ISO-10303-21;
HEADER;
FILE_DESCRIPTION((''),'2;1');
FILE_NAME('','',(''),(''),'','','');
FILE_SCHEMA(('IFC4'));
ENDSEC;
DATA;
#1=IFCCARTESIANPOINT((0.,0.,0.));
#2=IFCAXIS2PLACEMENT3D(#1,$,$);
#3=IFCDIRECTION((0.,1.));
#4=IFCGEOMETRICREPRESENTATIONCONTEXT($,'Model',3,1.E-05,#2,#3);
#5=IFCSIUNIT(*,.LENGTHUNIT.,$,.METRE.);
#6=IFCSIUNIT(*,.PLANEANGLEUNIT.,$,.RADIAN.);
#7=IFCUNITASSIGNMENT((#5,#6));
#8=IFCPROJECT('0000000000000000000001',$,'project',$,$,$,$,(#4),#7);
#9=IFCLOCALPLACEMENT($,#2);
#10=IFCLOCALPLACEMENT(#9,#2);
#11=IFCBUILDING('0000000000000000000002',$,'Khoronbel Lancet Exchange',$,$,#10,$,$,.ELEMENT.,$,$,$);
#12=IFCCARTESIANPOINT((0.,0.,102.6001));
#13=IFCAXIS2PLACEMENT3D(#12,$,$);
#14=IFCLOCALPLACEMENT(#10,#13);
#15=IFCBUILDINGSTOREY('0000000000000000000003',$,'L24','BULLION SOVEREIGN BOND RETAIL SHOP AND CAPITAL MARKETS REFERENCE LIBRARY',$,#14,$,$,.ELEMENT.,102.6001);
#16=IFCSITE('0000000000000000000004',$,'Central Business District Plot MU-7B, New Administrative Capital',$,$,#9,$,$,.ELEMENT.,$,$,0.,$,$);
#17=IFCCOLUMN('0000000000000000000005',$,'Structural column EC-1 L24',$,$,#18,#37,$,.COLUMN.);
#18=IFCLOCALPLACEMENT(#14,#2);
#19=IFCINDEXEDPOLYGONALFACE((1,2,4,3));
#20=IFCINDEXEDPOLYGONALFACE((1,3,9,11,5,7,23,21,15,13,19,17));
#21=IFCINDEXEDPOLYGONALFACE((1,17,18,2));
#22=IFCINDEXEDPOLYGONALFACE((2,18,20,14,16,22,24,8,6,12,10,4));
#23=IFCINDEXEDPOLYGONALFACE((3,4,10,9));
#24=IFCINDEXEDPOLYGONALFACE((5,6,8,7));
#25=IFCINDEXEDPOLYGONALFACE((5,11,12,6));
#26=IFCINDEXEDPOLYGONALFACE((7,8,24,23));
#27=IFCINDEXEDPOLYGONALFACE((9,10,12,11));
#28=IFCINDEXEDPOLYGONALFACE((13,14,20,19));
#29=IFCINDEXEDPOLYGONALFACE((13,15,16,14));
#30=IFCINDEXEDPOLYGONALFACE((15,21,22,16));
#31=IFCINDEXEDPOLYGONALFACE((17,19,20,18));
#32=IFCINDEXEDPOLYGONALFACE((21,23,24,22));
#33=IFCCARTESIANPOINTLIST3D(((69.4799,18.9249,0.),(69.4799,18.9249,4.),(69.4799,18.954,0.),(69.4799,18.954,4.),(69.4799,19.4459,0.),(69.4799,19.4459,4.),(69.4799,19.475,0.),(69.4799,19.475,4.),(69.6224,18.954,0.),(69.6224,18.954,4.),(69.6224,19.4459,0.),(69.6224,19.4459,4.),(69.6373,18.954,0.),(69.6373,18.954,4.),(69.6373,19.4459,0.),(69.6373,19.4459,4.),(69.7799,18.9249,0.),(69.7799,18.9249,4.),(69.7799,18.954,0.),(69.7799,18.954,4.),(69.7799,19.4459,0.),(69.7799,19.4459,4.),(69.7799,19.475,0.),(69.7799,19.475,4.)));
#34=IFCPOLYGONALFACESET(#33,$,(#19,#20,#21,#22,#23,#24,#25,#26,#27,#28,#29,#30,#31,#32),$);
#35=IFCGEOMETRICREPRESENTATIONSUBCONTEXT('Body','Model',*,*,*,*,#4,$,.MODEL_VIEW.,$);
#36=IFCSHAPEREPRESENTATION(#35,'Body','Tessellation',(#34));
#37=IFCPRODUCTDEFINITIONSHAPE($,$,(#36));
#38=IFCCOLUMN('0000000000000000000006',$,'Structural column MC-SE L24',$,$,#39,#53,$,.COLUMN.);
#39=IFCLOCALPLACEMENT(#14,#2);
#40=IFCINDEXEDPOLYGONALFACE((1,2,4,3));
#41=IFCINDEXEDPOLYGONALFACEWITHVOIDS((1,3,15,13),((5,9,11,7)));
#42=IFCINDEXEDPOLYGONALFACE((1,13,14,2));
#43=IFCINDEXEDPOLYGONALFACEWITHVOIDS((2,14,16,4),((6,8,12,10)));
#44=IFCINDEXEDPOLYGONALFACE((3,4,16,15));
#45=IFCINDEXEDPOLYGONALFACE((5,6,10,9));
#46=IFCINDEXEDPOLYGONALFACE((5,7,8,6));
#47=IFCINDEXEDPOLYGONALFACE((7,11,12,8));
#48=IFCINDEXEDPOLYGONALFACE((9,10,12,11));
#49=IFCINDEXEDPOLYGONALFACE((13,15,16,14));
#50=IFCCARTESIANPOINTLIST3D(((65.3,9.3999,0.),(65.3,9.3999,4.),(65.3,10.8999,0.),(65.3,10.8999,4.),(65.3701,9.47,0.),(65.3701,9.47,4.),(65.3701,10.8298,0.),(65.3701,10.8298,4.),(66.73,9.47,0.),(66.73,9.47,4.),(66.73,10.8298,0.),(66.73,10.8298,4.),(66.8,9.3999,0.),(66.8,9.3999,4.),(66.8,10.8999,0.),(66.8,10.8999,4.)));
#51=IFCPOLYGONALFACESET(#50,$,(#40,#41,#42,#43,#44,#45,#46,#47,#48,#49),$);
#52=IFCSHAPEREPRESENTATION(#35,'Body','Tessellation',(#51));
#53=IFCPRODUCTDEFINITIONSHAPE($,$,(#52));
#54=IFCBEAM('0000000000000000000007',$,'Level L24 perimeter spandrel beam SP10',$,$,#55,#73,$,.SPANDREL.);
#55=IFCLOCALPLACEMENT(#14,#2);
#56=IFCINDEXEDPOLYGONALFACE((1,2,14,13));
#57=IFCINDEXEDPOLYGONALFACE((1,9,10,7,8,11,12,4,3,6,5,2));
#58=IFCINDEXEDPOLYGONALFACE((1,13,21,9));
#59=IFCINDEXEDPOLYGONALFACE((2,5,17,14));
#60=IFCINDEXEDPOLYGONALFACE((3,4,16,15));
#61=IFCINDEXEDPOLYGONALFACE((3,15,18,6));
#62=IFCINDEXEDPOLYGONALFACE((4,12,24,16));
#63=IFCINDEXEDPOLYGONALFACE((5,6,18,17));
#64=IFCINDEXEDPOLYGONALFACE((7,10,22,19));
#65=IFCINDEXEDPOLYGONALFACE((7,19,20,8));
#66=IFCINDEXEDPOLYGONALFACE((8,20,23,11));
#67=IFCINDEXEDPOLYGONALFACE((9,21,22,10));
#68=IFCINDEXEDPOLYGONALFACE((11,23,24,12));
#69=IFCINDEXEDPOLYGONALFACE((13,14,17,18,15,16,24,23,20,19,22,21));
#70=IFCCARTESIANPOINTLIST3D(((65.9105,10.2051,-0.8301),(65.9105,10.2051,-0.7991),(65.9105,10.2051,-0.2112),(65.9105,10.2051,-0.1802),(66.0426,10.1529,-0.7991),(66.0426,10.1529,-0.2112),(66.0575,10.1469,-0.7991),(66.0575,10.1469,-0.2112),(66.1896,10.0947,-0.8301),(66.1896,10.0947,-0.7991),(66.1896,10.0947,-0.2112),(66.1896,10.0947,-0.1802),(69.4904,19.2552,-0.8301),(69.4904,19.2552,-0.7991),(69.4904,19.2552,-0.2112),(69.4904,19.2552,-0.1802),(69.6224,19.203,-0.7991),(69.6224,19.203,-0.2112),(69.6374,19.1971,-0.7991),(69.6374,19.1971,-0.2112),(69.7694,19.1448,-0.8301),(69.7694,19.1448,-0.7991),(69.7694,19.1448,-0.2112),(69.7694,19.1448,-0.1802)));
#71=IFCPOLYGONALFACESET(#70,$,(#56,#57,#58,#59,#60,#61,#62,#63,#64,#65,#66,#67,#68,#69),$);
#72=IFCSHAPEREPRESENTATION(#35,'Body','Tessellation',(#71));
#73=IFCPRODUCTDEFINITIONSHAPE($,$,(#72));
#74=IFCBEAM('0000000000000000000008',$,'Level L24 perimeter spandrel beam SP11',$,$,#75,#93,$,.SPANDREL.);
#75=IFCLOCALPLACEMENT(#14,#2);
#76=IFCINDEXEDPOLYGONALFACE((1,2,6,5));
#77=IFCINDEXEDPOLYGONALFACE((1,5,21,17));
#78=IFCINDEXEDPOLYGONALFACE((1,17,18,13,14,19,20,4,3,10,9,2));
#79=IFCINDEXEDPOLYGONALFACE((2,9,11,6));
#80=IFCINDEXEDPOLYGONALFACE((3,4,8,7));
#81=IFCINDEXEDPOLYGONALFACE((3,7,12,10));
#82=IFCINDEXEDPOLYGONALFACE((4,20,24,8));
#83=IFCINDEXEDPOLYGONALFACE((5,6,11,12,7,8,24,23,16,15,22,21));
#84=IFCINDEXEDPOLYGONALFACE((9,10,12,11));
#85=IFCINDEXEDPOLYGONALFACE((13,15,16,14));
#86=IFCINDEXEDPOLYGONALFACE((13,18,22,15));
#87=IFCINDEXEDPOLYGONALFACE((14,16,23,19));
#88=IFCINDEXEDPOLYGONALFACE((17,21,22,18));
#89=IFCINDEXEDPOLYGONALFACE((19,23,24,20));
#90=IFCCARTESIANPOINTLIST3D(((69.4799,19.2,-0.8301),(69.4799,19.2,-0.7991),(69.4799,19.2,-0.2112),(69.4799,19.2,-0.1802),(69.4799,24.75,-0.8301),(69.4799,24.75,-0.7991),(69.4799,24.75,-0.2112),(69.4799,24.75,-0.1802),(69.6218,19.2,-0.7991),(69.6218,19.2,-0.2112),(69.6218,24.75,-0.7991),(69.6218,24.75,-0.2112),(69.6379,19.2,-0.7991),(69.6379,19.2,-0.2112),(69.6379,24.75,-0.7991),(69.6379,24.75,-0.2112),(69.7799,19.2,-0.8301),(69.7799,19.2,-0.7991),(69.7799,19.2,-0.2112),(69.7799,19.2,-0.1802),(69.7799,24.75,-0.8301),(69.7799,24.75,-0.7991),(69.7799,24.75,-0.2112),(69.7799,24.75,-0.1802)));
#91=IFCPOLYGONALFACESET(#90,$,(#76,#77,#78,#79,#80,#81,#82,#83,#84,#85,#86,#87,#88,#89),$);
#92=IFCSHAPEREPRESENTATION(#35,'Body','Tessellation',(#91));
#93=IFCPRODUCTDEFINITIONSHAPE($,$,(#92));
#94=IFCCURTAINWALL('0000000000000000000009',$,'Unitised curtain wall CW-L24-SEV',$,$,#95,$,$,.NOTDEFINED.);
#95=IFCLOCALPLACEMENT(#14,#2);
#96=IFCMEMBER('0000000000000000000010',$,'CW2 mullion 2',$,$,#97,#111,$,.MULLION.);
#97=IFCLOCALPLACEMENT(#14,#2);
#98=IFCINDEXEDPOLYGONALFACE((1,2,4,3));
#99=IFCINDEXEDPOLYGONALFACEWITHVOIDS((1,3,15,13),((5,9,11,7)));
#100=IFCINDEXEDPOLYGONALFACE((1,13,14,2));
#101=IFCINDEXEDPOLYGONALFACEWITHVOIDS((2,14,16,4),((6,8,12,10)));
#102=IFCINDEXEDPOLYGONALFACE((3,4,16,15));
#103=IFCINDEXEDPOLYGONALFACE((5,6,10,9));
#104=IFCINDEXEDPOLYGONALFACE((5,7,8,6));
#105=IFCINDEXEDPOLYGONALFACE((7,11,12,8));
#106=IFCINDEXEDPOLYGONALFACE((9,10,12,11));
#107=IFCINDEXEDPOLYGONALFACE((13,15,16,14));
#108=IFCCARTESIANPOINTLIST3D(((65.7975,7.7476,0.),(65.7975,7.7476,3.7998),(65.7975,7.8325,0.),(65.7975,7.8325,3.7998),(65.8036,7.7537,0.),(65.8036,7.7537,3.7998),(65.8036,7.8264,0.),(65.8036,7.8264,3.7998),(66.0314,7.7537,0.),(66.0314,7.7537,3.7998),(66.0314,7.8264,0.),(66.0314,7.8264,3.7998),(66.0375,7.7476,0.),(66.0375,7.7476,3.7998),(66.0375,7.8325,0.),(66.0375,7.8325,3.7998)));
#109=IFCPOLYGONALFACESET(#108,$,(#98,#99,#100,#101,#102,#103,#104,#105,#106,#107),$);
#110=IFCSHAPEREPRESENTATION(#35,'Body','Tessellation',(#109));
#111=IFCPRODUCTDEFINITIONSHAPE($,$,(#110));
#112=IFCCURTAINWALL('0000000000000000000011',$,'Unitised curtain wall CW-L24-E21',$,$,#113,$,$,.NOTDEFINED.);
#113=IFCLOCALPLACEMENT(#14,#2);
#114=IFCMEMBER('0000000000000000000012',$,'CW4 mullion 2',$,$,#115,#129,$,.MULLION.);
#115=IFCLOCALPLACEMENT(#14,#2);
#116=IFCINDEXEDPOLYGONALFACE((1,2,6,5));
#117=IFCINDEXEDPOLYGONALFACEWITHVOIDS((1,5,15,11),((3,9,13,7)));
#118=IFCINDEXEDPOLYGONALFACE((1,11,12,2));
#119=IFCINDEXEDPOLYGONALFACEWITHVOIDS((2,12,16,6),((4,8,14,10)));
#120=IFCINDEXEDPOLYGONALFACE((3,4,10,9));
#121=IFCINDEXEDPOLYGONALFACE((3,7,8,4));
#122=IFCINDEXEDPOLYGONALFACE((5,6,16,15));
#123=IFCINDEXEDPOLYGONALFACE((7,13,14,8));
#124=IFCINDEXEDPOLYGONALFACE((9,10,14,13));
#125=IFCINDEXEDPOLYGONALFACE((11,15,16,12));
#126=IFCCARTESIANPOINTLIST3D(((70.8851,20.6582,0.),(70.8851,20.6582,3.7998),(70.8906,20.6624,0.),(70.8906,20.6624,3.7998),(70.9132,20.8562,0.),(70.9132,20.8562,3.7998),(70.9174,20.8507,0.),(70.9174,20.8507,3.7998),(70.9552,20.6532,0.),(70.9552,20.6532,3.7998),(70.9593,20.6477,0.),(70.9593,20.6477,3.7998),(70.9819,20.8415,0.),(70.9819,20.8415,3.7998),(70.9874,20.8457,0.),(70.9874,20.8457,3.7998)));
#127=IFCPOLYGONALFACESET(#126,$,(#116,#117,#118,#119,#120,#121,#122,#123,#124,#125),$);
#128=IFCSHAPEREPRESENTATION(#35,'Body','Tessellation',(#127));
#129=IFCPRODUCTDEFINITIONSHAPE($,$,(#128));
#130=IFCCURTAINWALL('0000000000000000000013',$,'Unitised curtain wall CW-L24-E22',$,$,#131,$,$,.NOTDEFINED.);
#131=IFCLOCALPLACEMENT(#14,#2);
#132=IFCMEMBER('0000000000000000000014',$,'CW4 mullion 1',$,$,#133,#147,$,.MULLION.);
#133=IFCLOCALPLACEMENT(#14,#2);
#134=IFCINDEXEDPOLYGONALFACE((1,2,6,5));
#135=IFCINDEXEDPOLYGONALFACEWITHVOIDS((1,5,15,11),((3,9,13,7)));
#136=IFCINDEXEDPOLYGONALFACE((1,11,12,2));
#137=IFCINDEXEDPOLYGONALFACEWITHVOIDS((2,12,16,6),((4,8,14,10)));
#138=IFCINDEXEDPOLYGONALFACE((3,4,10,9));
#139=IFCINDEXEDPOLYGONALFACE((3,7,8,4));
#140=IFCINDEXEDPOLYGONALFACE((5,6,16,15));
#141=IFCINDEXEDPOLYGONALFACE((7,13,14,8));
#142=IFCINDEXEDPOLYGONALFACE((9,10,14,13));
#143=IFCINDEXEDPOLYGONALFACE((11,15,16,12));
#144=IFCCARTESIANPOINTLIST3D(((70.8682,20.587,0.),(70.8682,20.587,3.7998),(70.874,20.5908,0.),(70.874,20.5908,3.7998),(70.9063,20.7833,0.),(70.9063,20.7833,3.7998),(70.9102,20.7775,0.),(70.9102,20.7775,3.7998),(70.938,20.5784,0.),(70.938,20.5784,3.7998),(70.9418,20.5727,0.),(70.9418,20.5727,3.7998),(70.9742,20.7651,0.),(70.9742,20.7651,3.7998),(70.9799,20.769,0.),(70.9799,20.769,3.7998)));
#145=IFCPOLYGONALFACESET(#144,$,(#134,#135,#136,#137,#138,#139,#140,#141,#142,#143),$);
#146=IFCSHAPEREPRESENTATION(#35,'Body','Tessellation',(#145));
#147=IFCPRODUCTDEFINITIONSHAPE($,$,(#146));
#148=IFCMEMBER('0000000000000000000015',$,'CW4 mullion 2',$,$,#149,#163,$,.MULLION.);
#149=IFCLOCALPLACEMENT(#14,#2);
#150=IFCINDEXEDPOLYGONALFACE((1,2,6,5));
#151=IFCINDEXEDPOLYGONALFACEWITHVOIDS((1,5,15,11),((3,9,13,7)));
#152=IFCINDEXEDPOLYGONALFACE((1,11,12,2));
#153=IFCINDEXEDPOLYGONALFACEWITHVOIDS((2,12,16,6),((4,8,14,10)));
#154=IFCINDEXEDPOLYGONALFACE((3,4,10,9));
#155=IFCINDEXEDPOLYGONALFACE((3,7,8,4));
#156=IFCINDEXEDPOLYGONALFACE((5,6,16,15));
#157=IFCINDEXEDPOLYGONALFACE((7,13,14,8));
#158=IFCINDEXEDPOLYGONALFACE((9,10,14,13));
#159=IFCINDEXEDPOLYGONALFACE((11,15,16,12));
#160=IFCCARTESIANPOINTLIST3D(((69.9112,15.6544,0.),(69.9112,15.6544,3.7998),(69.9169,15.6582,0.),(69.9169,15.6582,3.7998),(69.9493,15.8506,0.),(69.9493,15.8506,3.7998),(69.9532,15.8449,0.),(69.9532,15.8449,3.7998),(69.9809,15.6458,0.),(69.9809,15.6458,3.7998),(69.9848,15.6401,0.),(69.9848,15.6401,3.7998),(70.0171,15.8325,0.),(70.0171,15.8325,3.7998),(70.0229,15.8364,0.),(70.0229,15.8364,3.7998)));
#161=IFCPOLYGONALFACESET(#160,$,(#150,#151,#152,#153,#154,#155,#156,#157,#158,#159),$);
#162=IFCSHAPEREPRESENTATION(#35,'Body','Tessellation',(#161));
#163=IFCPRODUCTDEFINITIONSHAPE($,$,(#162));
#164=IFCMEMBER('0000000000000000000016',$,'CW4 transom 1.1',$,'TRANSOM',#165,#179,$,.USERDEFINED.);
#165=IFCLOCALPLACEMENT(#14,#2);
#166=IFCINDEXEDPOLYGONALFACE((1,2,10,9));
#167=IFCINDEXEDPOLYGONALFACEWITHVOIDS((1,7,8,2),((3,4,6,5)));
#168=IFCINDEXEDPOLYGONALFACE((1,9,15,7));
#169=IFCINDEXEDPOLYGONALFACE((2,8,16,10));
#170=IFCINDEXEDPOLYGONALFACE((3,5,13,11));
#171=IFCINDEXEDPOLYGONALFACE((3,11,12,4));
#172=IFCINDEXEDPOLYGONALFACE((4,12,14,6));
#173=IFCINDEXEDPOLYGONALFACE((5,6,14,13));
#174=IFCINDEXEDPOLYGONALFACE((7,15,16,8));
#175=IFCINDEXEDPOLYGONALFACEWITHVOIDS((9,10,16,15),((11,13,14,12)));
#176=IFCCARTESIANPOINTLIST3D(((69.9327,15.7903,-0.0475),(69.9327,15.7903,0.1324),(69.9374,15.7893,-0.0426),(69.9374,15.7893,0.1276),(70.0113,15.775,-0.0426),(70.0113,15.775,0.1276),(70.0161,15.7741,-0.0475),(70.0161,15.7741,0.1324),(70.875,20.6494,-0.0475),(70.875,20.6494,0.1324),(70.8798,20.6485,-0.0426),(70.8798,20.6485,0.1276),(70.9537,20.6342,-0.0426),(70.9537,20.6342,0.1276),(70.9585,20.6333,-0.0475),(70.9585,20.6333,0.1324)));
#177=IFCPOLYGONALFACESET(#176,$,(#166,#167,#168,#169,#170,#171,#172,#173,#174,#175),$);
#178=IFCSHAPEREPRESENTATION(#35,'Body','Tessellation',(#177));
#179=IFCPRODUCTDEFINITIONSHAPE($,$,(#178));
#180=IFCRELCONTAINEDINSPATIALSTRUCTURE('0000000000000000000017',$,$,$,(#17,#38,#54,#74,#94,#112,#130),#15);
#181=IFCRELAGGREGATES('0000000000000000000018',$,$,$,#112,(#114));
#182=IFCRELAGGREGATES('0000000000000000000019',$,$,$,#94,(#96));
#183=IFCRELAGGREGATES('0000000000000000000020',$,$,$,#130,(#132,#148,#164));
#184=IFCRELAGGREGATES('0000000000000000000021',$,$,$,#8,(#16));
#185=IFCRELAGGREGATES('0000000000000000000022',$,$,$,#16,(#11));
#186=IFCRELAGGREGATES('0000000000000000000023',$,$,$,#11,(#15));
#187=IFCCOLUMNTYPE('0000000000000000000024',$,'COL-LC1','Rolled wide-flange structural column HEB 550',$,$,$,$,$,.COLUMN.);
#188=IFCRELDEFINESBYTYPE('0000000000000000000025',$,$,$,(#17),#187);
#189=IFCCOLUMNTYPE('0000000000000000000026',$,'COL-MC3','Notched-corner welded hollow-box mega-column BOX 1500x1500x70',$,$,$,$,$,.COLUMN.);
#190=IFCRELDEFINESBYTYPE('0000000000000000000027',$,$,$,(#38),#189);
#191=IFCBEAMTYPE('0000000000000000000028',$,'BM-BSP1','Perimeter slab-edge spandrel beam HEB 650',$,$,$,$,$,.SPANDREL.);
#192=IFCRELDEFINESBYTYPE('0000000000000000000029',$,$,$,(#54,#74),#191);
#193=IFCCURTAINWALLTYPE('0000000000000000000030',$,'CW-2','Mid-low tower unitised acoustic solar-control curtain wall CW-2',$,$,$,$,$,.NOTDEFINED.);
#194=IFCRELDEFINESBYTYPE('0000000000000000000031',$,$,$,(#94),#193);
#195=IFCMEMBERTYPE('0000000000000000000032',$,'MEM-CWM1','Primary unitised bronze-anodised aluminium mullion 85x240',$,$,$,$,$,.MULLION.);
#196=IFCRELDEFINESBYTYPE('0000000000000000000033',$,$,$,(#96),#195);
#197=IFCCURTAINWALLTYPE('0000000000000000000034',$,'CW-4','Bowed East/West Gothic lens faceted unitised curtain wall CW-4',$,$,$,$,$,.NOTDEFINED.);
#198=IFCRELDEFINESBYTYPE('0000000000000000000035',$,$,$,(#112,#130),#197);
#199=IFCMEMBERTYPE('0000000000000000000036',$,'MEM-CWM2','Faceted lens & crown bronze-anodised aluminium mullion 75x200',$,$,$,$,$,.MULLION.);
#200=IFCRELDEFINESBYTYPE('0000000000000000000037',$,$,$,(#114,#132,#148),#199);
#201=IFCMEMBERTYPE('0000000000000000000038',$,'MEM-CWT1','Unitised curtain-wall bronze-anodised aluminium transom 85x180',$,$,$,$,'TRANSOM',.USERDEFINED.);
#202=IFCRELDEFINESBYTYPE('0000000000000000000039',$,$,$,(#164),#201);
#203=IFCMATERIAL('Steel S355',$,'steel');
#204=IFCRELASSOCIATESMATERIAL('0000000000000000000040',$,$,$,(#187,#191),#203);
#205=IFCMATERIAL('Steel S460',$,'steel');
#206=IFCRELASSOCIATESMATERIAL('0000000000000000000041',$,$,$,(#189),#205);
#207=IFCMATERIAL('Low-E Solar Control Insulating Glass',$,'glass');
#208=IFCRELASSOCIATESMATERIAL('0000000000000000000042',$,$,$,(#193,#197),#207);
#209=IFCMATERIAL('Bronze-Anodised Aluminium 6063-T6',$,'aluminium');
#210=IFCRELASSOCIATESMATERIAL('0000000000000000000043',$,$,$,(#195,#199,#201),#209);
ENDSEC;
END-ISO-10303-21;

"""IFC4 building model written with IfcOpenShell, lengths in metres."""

from ifc_helpers import new_model, si_unit, direction, frame, origin, origin_2d, place, context, subcontext, project, spatial, hollow_rectangle, i_section, extrude, material, material_profile, profile_set, type_object, element, aggregate, save


model = new_model("IFC4")

# Units and contexts
model_context = context("Model", 3, precision=1e-05, world=origin(), true_north=direction((0.0, 1.0)))
body_context = subcontext(model_context, "Body", "Model", "MODEL_VIEW")
ifc_project = project(units=[si_unit("LENGTHUNIT", "METRE"), si_unit("PLANEANGLEUNIT", "RADIAN")], contexts=[model_context])

# Site, building, storey
site_placement = place(None, origin())
site = spatial("IfcSite", under=ifc_project, at=site_placement, Name="Central Business District Plot MU-7B, New Administrative Capital", CompositionType="ELEMENT", RefElevation=0.0)
building_placement = place(site_placement, origin())
building = spatial("IfcBuilding", under=site, at=building_placement, Name="Khoronbel Lancet Exchange", CompositionType="ELEMENT")
storey_placement = place(building_placement, frame((0.0, 0.0, 102.6001)))
storey = spatial("IfcBuildingStorey", under=building, at=storey_placement, Name="L24", Description="BULLION SOVEREIGN BOND RETAIL SHOP AND CAPITAL MARKETS REFERENCE LIBRARY", CompositionType="ELEMENT", Elevation=102.6001)

# Columns
ifc_material_1 = material(Name="Steel S355", Category="steel")
ifc_material_profile_1 = material_profile(ifc_material_1, i_section(OverallWidth=0.3, OverallDepth=0.55, WebThickness=0.0149, FlangeThickness=0.0291, at=origin_2d()), Name="HEB 550")
ifc_profile_set_1 = profile_set([ifc_material_profile_1], Name="Steel S355")
column_type_1 = type_object("IfcColumnType", Name="COL-LC1", Description="Rolled wide-flange structural column HEB 550", PredefinedType="COLUMN", material=ifc_profile_set_1)
column_1_placement = place(storey_placement, frame((69.6299, 19.2, 0.0), z_axis=(0.0, 0.0, 1.0), x_axis=(1.0, 0.0, 0.0)))
element("IfcColumn", 1, at=column_1_placement, inside=storey, type_object=column_type_1, Name="Structural column EC-1 L24", PredefinedType="COLUMN", context=body_context, shape_type="SweptSolid", body=[
    extrude(i_section(OverallWidth=0.3, OverallDepth=0.55, WebThickness=0.0149, FlangeThickness=0.0291, at=origin_2d()), origin(), (0.0, 0.0, 1.0), 4.0),
])
ifc_material_2 = material(Name="Steel S460", Category="steel")
ifc_material_profile_2 = material_profile(ifc_material_2, hollow_rectangle(XDim=1.5, YDim=1.5, WallThickness=0.0701, at=origin_2d()), Name="BOX 1500x1500x70")
ifc_profile_set_2 = profile_set([ifc_material_profile_2], Name="Steel S460")
column_type_2 = type_object("IfcColumnType", Name="COL-MC3", Description="Notched-corner welded hollow-box mega-column BOX 1500x1500x70", PredefinedType="COLUMN", material=ifc_profile_set_2)
column_2_placement = place(storey_placement, frame((66.05, 10.1499, 0.0), z_axis=(0.0, 0.0, 1.0), x_axis=(1.0, 0.0, 0.0)))
element("IfcColumn", 2, at=column_2_placement, inside=storey, type_object=column_type_2, Name="Structural column MC-SE L24", PredefinedType="COLUMN", context=body_context, shape_type="SweptSolid", body=[
    extrude(hollow_rectangle(XDim=1.5, YDim=1.5, WallThickness=0.0701, at=origin_2d()), origin(), (0.0, 0.0, 1.0), 4.0),
])

# Beams
ifc_material_profile_3 = material_profile(ifc_material_1, i_section(OverallWidth=0.3, OverallDepth=0.6499, WebThickness=0.0161, FlangeThickness=0.031, at=origin_2d()), Name="HEB 650")
ifc_profile_set_3 = profile_set([ifc_material_profile_3], Name="Steel S355")
beam_type = type_object("IfcBeamType", Name="BM-BSP1", Description="Perimeter slab-edge spandrel beam HEB 650", PredefinedType="SPANDREL", material=ifc_profile_set_3)
beam_1_placement = place(storey_placement, frame((66.05, 10.1499, -0.5051), z_axis=(0.367828, 0.929894, 0.0), x_axis=(-0.929894, 0.367828, 0.0)))
element("IfcBeam", 3, at=beam_1_placement, inside=storey, type_object=beam_type, Name="Level L24 perimeter spandrel beam SP10", PredefinedType="SPANDREL", context=body_context, shape_type="SweptSolid", body=[
    extrude(i_section(OverallWidth=0.3, OverallDepth=0.6499, WebThickness=0.0161, FlangeThickness=0.031, at=origin_2d()), origin(), (0.0, 0.0, 1.0), 9.7324),
])
beam_2_placement = place(storey_placement, frame((69.6299, 19.2, -0.5051), z_axis=(0.0, 1.0, 0.0), x_axis=(-1.0, 0.0, 0.0)))
element("IfcBeam", 4, at=beam_2_placement, inside=storey, type_object=beam_type, Name="Level L24 perimeter spandrel beam SP11", PredefinedType="SPANDREL", context=body_context, shape_type="SweptSolid", body=[
    extrude(i_section(OverallWidth=0.3, OverallDepth=0.6499, WebThickness=0.0161, FlangeThickness=0.031, at=origin_2d()), origin(), (0.0, 0.0, 1.0), 5.55),
])

# Curtain walls, members
ifc_material_3 = material(Name="Low-E Solar Control Insulating Glass", Category="glass")
curtain_wall_type_1 = type_object("IfcCurtainWallType", Name="CW-2", Description="Mid-low tower unitised acoustic solar-control curtain wall CW-2", PredefinedType="NOTDEFINED", material=ifc_material_3)
curtain_wall_1_placement = place(storey_placement, origin())
curtain_wall_1 = element("IfcCurtainWall", 5, at=curtain_wall_1_placement, inside=storey, type_object=curtain_wall_type_1, Name="Unitised curtain wall CW-L24-SEV", PredefinedType="NOTDEFINED")
ifc_material_4 = material(Name="Bronze-Anodised Aluminium 6063-T6", Category="aluminium")
ifc_material_profile_4 = material_profile(ifc_material_4, hollow_rectangle(XDim=0.085, YDim=0.24, WallThickness=0.0061, at=origin_2d()), Name="ALU MULLION 85x240")
ifc_profile_set_4 = profile_set([ifc_material_profile_4], Name="Bronze-Anodised Aluminium 6063-T6")
member_type_1 = type_object("IfcMemberType", Name="MEM-CWM1", Description="Primary unitised bronze-anodised aluminium mullion 85x240", PredefinedType="MULLION", material=ifc_profile_set_4)
member_1_placement = place(storey_placement, frame((65.9175, 7.79, 0.0), z_axis=(0.0, 0.0, 1.0), x_axis=(0.0, 1.0, 0.0)))
member_1 = element("IfcMember", 6, at=member_1_placement, type_object=member_type_1, Name="CW2 mullion 2", PredefinedType="MULLION", context=body_context, shape_type="SweptSolid", body=[
    extrude(hollow_rectangle(XDim=0.085, YDim=0.24, WallThickness=0.0061, at=origin_2d()), origin(), (0.0, 0.0, 1.0), 3.7998),
])
curtain_wall_type_2 = type_object("IfcCurtainWallType", Name="CW-4", Description="Bowed East/West Gothic lens faceted unitised curtain wall CW-4", PredefinedType="NOTDEFINED", material=ifc_material_3)
curtain_wall_2_placement = place(storey_placement, origin())
curtain_wall_2 = element("IfcCurtainWall", 7, at=curtain_wall_2_placement, inside=storey, type_object=curtain_wall_type_2, Name="Unitised curtain wall CW-L24-E21", PredefinedType="NOTDEFINED")
ifc_material_profile_5 = material_profile(ifc_material_4, hollow_rectangle(XDim=0.075, YDim=0.2, WallThickness=0.0049, at=origin_2d()), Name="ALU MULLION 75x200")
ifc_profile_set_5 = profile_set([ifc_material_profile_5], Name="Bronze-Anodised Aluminium 6063-T6")
member_type_2 = type_object("IfcMemberType", Name="MEM-CWM2", Description="Faceted lens & crown bronze-anodised aluminium mullion 75x200", PredefinedType="MULLION", material=ifc_profile_set_5)
member_2_placement = place(storey_placement, frame((70.9363, 20.752, 0.0), z_axis=(0.0, 0.0, 1.0), x_axis=(0.990066, -0.140605, 0.0)))
member_2 = element("IfcMember", 8, at=member_2_placement, type_object=member_type_2, Name="CW4 mullion 2", PredefinedType="MULLION", context=body_context, shape_type="SweptSolid", body=[
    extrude(hollow_rectangle(XDim=0.075, YDim=0.2, WallThickness=0.0049, at=origin_2d()), origin(), (0.0, 0.0, 1.0), 3.7998),
])
aggregate(curtain_wall_2, [member_2])

# Curtain wall, members
curtain_wall_3_placement = place(storey_placement, origin())
curtain_wall_3 = element("IfcCurtainWall", 9, at=curtain_wall_3_placement, inside=storey, type_object=curtain_wall_type_2, Name="Unitised curtain wall CW-L24-E22", PredefinedType="NOTDEFINED")
member_3_placement = place(storey_placement, frame((70.9241, 20.678, 0.0), z_axis=(0.0, 0.0, 1.0), x_axis=(0.981702, -0.190426, 0.0)))
member_3 = element("IfcMember", 10, at=member_3_placement, type_object=member_type_2, Name="CW4 mullion 1", PredefinedType="MULLION", context=body_context, shape_type="SweptSolid", body=[
    extrude(hollow_rectangle(XDim=0.075, YDim=0.2, WallThickness=0.0049, at=origin_2d()), origin(), (0.0, 0.0, 1.0), 3.7998),
])
member_4_placement = place(storey_placement, frame((69.967, 15.7454, 0.0), z_axis=(0.0, 0.0, 1.0), x_axis=(0.981702, -0.190426, 0.0)))
member_4 = element("IfcMember", 11, at=member_4_placement, type_object=member_type_2, Name="CW4 mullion 2", PredefinedType="MULLION", context=body_context, shape_type="SweptSolid", body=[
    extrude(hollow_rectangle(XDim=0.075, YDim=0.2, WallThickness=0.0049, at=origin_2d()), origin(), (0.0, 0.0, 1.0), 3.7998),
])
ifc_material_profile_6 = material_profile(ifc_material_4, hollow_rectangle(XDim=0.085, YDim=0.1799, WallThickness=0.0049, at=origin_2d()), Name="ALU TRANSOM 85x180")
ifc_profile_set_6 = profile_set([ifc_material_profile_6], Name="Bronze-Anodised Aluminium 6063-T6")
member_type_3 = type_object("IfcMemberType", Name="MEM-CWT1", Description="Unitised curtain-wall bronze-anodised aluminium transom 85x180", ElementType="TRANSOM", PredefinedType="USERDEFINED", material=ifc_profile_set_6)
member_5_placement = place(storey_placement, frame((70.9167, 20.6414, 0.0425), z_axis=(-0.190393, -0.981708, 0.0), x_axis=(0.981708, -0.190393, 0.0)))
member_5 = element("IfcMember", 12, at=member_5_placement, type_object=member_type_3, Name="CW4 transom 1.1", ObjectType="TRANSOM", PredefinedType="USERDEFINED", context=body_context, shape_type="SweptSolid", body=[
    extrude(hollow_rectangle(XDim=0.085, YDim=0.1799, WallThickness=0.0049, at=origin_2d()), origin(), (0.0, 0.0, 1.0), 4.9497),
])

aggregate(curtain_wall_1, [member_1])
aggregate(curtain_wall_3, [member_3, member_4, member_5])

save(model, "model.ifc")
